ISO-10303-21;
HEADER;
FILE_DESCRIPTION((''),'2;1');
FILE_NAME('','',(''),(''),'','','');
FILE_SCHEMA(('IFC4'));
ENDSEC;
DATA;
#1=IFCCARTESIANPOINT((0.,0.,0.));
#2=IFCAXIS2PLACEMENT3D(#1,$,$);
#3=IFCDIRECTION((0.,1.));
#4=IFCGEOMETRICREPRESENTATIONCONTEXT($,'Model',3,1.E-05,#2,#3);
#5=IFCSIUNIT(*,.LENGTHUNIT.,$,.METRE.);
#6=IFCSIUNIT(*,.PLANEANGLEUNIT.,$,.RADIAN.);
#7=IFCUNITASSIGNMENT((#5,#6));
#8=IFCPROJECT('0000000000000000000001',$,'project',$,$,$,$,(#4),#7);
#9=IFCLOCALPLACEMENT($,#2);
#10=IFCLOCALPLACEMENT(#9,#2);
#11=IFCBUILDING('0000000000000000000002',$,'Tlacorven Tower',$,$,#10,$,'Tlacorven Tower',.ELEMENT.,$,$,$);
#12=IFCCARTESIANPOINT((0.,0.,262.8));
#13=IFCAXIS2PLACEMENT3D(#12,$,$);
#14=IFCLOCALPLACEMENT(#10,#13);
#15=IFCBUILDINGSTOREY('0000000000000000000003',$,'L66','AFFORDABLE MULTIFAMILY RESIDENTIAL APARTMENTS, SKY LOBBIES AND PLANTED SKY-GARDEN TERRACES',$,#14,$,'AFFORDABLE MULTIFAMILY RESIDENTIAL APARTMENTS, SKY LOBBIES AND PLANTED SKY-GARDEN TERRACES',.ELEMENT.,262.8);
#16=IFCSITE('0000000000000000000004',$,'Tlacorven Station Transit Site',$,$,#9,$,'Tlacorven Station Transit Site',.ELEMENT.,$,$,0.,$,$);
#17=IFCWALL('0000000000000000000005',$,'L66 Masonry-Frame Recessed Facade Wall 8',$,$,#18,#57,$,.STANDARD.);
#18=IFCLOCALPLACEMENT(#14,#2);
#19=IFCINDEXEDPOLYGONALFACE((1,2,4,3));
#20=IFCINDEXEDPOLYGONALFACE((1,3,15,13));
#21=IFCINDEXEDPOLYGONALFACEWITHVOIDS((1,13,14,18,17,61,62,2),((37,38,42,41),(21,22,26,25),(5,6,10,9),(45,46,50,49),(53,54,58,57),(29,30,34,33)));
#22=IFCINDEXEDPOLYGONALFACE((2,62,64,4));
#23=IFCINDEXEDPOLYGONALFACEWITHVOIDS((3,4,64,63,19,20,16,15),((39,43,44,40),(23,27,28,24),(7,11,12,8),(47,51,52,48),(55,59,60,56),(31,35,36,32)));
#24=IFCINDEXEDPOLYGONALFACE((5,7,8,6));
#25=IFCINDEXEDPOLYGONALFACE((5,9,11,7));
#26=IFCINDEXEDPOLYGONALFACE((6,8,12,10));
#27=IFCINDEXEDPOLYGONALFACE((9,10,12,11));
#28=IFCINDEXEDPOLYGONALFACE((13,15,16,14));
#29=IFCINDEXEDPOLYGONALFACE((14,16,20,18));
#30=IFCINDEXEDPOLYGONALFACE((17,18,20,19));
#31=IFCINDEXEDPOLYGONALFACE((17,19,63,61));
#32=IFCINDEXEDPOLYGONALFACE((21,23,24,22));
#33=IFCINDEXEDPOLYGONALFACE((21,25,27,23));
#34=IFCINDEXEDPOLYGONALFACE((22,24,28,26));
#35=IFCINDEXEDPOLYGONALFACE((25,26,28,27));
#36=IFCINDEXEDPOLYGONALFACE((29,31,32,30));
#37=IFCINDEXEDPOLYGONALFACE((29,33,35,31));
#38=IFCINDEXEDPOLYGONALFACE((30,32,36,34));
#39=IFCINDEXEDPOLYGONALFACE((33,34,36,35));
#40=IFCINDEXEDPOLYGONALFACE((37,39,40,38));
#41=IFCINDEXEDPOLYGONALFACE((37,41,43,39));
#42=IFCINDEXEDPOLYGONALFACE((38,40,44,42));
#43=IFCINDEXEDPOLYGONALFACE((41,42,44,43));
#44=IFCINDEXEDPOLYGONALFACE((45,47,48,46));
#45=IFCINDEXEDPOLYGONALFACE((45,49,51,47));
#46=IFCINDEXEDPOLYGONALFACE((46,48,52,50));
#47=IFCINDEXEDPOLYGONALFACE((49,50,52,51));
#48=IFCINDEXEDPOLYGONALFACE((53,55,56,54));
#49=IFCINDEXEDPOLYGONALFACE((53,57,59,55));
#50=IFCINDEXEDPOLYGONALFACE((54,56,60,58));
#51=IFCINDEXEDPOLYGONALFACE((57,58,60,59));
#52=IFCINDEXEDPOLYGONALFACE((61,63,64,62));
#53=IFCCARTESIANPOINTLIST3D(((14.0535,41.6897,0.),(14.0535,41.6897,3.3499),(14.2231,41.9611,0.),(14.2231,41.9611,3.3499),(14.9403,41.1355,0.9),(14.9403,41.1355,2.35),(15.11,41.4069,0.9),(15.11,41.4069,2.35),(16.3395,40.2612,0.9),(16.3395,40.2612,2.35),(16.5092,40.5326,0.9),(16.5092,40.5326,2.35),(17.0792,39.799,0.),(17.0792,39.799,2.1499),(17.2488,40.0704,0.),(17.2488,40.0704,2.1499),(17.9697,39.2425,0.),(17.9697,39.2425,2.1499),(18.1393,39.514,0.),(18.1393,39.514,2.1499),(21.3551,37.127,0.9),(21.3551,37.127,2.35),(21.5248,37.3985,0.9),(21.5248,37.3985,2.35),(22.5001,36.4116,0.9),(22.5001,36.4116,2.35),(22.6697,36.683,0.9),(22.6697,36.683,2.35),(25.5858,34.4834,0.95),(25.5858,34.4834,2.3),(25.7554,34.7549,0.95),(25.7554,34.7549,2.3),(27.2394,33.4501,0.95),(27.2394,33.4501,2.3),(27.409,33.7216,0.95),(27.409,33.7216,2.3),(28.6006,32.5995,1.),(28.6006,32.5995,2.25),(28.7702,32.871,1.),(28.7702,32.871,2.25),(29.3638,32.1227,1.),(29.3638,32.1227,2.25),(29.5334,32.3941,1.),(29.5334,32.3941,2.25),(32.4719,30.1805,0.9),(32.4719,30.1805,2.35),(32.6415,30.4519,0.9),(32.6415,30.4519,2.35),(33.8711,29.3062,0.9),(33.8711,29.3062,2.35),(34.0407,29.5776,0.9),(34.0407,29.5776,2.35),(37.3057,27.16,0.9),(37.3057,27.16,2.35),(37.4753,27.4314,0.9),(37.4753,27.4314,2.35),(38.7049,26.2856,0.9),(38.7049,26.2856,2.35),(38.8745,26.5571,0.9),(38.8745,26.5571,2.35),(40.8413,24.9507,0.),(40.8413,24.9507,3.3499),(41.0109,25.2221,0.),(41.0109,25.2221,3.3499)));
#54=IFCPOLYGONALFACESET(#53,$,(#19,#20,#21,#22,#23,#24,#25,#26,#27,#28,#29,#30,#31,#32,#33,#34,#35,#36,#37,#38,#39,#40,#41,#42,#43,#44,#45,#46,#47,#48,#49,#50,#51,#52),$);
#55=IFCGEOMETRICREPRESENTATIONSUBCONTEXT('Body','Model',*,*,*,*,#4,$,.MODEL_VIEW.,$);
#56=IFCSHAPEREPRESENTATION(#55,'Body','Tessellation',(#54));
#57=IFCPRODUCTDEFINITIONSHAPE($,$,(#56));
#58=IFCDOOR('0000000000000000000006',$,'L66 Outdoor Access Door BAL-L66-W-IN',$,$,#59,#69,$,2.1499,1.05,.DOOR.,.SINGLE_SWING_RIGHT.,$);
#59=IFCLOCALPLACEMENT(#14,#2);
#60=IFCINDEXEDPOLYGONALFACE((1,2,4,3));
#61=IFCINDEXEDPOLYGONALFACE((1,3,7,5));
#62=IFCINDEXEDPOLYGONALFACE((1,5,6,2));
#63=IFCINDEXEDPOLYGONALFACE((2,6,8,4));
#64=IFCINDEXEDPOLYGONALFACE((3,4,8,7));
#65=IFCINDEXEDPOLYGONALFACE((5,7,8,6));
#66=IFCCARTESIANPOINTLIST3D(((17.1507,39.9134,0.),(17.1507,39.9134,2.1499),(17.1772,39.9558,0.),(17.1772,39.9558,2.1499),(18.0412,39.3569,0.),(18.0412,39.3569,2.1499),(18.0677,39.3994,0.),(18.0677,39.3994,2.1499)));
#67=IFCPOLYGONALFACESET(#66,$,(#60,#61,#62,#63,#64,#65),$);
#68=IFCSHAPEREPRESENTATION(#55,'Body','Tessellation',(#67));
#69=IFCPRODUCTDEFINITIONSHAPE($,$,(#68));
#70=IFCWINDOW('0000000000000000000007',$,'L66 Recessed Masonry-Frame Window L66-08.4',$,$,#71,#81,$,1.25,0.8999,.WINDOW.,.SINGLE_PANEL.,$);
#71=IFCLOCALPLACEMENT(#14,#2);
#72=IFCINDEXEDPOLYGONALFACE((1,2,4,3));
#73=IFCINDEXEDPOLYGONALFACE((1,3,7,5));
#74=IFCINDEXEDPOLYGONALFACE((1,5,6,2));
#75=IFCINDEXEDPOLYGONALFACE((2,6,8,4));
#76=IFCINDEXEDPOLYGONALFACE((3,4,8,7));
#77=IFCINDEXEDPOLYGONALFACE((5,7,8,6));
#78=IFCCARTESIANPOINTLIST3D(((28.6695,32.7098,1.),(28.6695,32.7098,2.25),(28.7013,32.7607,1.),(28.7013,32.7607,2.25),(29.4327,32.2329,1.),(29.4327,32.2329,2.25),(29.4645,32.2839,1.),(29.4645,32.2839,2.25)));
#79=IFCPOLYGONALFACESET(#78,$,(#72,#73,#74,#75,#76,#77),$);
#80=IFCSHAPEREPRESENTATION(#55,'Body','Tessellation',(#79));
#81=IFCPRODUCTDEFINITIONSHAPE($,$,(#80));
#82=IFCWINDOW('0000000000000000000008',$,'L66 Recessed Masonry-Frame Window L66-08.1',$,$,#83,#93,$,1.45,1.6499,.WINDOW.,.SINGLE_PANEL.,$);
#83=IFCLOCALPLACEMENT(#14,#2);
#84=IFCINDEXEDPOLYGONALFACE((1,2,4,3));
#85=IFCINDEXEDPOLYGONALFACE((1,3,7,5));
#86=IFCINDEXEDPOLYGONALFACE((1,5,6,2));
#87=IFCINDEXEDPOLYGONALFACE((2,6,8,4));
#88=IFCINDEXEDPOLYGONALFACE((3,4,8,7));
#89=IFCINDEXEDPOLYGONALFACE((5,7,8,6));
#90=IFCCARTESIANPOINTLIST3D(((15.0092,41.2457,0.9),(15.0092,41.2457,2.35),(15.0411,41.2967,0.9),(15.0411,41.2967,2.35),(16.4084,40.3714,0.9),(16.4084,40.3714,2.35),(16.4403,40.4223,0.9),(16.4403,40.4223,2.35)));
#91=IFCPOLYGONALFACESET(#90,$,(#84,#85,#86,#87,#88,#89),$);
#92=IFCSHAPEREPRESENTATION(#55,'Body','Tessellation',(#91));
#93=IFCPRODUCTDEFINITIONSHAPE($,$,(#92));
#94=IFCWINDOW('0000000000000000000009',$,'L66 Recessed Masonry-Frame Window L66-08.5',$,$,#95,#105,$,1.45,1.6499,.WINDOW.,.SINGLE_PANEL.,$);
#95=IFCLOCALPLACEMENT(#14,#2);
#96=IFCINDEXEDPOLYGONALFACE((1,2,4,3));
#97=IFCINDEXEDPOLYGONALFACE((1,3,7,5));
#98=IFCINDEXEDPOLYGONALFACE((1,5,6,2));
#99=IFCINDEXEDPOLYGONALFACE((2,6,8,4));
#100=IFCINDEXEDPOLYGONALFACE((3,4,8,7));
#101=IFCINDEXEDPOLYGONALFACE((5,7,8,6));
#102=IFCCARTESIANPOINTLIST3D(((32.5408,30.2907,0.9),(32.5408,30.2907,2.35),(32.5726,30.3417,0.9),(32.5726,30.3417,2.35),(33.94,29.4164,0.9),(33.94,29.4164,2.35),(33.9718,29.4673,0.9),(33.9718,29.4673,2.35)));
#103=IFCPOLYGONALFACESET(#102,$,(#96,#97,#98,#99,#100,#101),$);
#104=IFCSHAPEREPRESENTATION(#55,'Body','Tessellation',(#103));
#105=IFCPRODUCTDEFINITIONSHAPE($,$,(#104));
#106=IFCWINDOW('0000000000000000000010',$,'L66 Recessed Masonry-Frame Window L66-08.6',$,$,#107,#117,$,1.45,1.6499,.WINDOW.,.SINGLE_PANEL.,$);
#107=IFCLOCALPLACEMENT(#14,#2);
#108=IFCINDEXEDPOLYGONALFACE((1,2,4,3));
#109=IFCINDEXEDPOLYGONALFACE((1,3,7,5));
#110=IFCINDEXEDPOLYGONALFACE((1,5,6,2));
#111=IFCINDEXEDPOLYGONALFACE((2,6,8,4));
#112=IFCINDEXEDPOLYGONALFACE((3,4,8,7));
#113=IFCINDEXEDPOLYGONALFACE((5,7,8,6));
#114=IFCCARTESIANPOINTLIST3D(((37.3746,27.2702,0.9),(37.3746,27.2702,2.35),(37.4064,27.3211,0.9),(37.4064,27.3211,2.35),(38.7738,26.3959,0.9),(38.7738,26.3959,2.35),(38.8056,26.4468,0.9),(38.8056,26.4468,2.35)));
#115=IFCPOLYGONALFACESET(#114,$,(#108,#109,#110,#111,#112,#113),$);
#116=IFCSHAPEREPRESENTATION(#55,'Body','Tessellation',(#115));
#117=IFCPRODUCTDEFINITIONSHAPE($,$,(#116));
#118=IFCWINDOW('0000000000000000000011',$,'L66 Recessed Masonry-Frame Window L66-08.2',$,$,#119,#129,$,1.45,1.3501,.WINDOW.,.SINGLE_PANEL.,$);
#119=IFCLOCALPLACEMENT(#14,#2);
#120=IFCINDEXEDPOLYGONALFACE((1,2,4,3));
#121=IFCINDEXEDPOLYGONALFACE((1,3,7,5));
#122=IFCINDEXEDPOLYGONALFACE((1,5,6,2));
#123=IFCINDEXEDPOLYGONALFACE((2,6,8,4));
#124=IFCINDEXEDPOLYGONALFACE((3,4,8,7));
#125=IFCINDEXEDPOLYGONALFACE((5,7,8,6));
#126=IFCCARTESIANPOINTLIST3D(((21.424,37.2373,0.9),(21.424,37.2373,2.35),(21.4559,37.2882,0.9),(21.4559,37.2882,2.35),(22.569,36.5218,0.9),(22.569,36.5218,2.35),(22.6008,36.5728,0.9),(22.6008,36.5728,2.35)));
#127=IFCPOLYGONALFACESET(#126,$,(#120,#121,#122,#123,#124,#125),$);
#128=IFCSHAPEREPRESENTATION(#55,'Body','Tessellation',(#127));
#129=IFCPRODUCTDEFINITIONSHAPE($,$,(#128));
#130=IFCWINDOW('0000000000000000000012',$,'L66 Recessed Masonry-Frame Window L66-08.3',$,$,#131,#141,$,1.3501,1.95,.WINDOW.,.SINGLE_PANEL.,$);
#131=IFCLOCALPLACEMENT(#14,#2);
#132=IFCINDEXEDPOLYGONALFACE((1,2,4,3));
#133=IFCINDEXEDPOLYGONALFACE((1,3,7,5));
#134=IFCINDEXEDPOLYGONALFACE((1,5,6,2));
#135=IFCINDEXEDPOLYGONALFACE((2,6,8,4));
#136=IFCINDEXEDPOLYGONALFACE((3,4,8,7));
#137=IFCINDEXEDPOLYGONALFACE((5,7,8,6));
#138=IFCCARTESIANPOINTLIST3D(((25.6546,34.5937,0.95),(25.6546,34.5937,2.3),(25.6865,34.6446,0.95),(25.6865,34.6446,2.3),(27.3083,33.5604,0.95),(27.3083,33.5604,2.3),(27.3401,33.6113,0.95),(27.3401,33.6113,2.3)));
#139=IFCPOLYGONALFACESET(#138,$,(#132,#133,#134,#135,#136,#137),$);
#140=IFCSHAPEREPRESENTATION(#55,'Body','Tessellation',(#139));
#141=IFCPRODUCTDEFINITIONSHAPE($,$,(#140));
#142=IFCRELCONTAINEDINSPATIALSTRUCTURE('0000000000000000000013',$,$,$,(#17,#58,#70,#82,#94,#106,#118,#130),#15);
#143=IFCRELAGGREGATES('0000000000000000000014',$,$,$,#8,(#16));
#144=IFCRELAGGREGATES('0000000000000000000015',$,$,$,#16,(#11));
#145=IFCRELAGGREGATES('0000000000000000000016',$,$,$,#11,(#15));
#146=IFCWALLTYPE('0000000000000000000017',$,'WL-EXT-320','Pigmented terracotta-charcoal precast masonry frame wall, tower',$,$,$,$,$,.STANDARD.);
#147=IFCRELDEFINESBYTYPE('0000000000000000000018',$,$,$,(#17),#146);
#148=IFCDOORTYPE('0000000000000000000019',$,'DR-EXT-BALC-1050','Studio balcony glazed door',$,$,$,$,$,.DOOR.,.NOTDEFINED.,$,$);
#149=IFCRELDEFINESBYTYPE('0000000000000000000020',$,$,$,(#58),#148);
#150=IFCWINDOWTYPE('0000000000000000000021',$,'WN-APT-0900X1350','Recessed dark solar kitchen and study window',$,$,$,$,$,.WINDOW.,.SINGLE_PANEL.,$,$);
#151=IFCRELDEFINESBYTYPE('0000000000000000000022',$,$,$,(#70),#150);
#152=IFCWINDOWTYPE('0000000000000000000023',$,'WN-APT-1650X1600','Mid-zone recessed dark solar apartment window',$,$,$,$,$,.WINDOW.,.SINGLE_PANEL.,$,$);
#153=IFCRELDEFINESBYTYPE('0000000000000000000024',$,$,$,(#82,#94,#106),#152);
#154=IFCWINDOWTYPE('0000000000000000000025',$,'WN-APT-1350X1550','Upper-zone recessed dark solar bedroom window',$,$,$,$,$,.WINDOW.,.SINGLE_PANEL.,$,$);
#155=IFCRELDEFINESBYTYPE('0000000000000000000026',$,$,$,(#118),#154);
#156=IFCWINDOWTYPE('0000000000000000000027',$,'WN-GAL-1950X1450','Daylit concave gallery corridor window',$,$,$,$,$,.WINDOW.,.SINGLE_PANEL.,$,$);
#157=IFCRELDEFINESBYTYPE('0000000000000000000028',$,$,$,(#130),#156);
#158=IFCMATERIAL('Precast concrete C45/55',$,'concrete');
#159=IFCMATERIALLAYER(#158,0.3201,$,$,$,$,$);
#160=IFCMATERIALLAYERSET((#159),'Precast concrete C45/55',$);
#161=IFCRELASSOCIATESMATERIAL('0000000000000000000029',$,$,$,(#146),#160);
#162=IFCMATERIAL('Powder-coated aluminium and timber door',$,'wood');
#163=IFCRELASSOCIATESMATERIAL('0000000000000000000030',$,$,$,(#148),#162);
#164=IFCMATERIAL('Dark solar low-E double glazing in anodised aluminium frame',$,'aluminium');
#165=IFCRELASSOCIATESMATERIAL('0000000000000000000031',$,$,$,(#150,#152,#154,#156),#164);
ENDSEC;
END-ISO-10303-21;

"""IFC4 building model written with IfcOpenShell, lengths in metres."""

from ifc_helpers import new_model, si_unit, direction, frame, frame_2d, origin, place, context, subcontext, project, spatial, rectangle, extrude, source, transform, mapped, material, layer, layer_set, type_object, element, fill, save


model = new_model("IFC4")

# Units and contexts
model_context = context("Model", 3, precision=1e-05, world=origin(), true_north=direction((0.0, 1.0)))
body_context = subcontext(model_context, "Body", "Model", "MODEL_VIEW")
ifc_project = project(units=[si_unit("LENGTHUNIT", "METRE"), si_unit("PLANEANGLEUNIT", "RADIAN")], contexts=[model_context])

# Site, building, storey
site_placement = place(None, origin())
site = spatial("IfcSite", under=ifc_project, at=site_placement, Name="Tlacorven Station Transit Site", LongName="Tlacorven Station Transit Site", CompositionType="ELEMENT", RefElevation=0.0)
building_placement = place(site_placement, origin())
building = spatial("IfcBuilding", under=site, at=building_placement, Name="Tlacorven Tower", LongName="Tlacorven Tower", CompositionType="ELEMENT")
storey_placement = place(building_placement, frame((0.0, 0.0, 262.8)))
storey = spatial("IfcBuildingStorey", under=building, at=storey_placement, Name="L66", Description="AFFORDABLE MULTIFAMILY RESIDENTIAL APARTMENTS, SKY LOBBIES AND PLANTED SKY-GARDEN TERRACES", LongName="AFFORDABLE MULTIFAMILY RESIDENTIAL APARTMENTS, SKY LOBBIES AND PLANTED SKY-GARDEN TERRACES", CompositionType="ELEMENT", Elevation=262.8)

# Wall, openings, door, windows
ifc_material_1 = material(Name="Precast concrete C45/55", Category="concrete")
ifc_layer_1 = layer(ifc_material_1, 0.3201)
ifc_layer_set_1 = layer_set([ifc_layer_1], Name="Precast concrete C45/55")
wall_type_1 = type_object("IfcWallType", Name="WL-EXT-320", Description="Pigmented terracotta-charcoal precast masonry frame wall, tower", PredefinedType="STANDARD", material=ifc_layer_set_1)
wall_1_placement = place(storey_placement, frame((14.1382, 41.8254, 0.0), z_axis=(0.0, 0.0, 1.0), x_axis=(0.848046, -0.529922, 0.0)))
wall_1 = element("IfcWall", 1, at=wall_1_placement, inside=storey, type_object=wall_type_1, Name="L66 Masonry-Frame Recessed Facade Wall 8", PredefinedType="STANDARD", context=body_context, shape_type="SweptSolid", body=[
    extrude(rectangle(XDim=31.5876, YDim=0.3201, at=frame_2d((15.7939, 0.0))), origin(), (0.0, 0.0, 1.0), 3.3499),
])
opening_1_placement = place(wall_1_placement, frame((3.5681, 0.0, 0.0)))
opening_1 = element("IfcOpeningElement", 2, at=opening_1_placement, cuts=wall_1, PredefinedType="OPENING", context=body_context, shape_type="SweptSolid", body=[
    extrude(rectangle(XDim=1.05, YDim=2.1499, at=frame_2d((0.5249, 1.075))), frame((0.0, 0.1699, 0.0), z_axis=(0.0, -1.0, 0.0), x_axis=(1.0, 0.0, 0.0)), (0.0, 0.0, 1.0), 0.3401),
])
opening_2_placement = place(wall_1_placement, frame((1.0459, 0.0, 0.8999)))
opening_2 = element("IfcOpeningElement", 3, at=opening_2_placement, cuts=wall_1, PredefinedType="OPENING", context=body_context, shape_type="SweptSolid", body=[
    extrude(rectangle(XDim=1.6499, YDim=1.45, at=frame_2d((0.825, 0.7251))), frame((0.0, 0.1699, 0.0), z_axis=(0.0, -1.0, 0.0), x_axis=(1.0, 0.0, 0.0)), (0.0, 0.0, 1.0), 0.3401),
])
opening_3_placement = place(wall_1_placement, frame((8.6101, 0.0, 0.8999)))
opening_3 = element("IfcOpeningElement", 4, at=opening_3_placement, cuts=wall_1, PredefinedType="OPENING", context=body_context, shape_type="SweptSolid", body=[
    extrude(rectangle(XDim=1.3501, YDim=1.45, at=frame_2d((0.675, 0.7251))), frame((0.0, 0.1699, 0.0), z_axis=(0.0, -1.0, 0.0), x_axis=(1.0, 0.0, 0.0)), (0.0, 0.0, 1.0), 0.3401),
])
opening_4_placement = place(wall_1_placement, frame((13.5986, 0.0, 0.95)))
opening_4 = element("IfcOpeningElement", 5, at=opening_4_placement, cuts=wall_1, PredefinedType="OPENING", context=body_context, shape_type="SweptSolid", body=[
    extrude(rectangle(XDim=1.95, YDim=1.3501, at=frame_2d((0.9751, 0.675))), frame((0.0, 0.1699, 0.0), z_axis=(0.0, -1.0, 0.0), x_axis=(1.0, 0.0, 0.0)), (0.0, 0.0, 1.0), 0.3401),
])
opening_5_placement = place(wall_1_placement, frame((17.1538, 0.0, 1.0)))
opening_5 = element("IfcOpeningElement", 6, at=opening_5_placement, cuts=wall_1, PredefinedType="OPENING", context=body_context, shape_type="SweptSolid", body=[
    extrude(rectangle(XDim=0.8999, YDim=1.25, at=frame_2d((0.45, 0.625))), frame((0.0, 0.1699, 0.0), z_axis=(0.0, -1.0, 0.0), x_axis=(1.0, 0.0, 0.0)), (0.0, 0.0, 1.0), 0.3401),
])
opening_6_placement = place(wall_1_placement, frame((21.7188, 0.0, 0.8999)))
opening_6 = element("IfcOpeningElement", 7, at=opening_6_placement, cuts=wall_1, PredefinedType="OPENING", context=body_context, shape_type="SweptSolid", body=[
    extrude(rectangle(XDim=1.6499, YDim=1.45, at=frame_2d((0.825, 0.7251))), frame((0.0, 0.1699, 0.0), z_axis=(0.0, -1.0, 0.0), x_axis=(1.0, 0.0, 0.0)), (0.0, 0.0, 1.0), 0.3401),
])
opening_7_placement = place(wall_1_placement, frame((27.4187, 0.0, 0.8999)))
opening_7 = element("IfcOpeningElement", 8, at=opening_7_placement, cuts=wall_1, PredefinedType="OPENING", context=body_context, shape_type="SweptSolid", body=[
    extrude(rectangle(XDim=1.6499, YDim=1.45, at=frame_2d((0.825, 0.7251))), frame((0.0, 0.1699, 0.0), z_axis=(0.0, -1.0, 0.0), x_axis=(1.0, 0.0, 0.0)), (0.0, 0.0, 1.0), 0.3401),
])
ifc_material_2 = material(Name="Powder-coated aluminium and timber door", Category="wood")
door_type_1 = type_object("IfcDoorType", Name="DR-EXT-BALC-1050", Description="Studio balcony glazed door", OperationType="NOTDEFINED", PredefinedType="DOOR", material=ifc_material_2)
shared_shape_1 = source(origin(), body_context, "Body", "SweptSolid", [
    extrude(rectangle(XDim=1.05, YDim=2.1499, at=frame_2d((0.5249, 1.075))), frame((0.0, 0.0249, 0.0), z_axis=(0.0, -1.0, 0.0), x_axis=(1.0, 0.0, 0.0)), (0.0, 0.0, 1.0), 0.05),
])
door_1_placement = place(opening_1_placement, origin())
door_1 = element("IfcDoor", 9, at=door_1_placement, inside=storey, type_object=door_type_1, Name="L66 Outdoor Access Door BAL-L66-W-IN", OperationType="SINGLE_SWING_RIGHT", OverallHeight=2.1499, OverallWidth=1.05, PredefinedType="DOOR", context=body_context, shape_type="MappedRepresentation", body=[
    mapped(shared_shape_1, transform((0.0, 0.0, 0.0), scale=1.0)),
])
fill(opening_1, door_1)
ifc_material_3 = material(Name="Dark solar low-E double glazing in anodised aluminium frame", Category="aluminium")
window_type_1 = type_object("IfcWindowType", Name="WN-APT-0900X1350", Description="Recessed dark solar kitchen and study window", PartitioningType="SINGLE_PANEL", PredefinedType="WINDOW", material=ifc_material_3)
shared_shape_2 = source(origin(), body_context, "Body", "SweptSolid", [
    extrude(rectangle(XDim=0.8999, YDim=1.25, at=frame_2d((0.45, 0.625))), frame((0.0, 0.03, 0.0), z_axis=(0.0, -1.0, 0.0), x_axis=(1.0, 0.0, 0.0)), (0.0, 0.0, 1.0), 0.0601),
])
window_1_placement = place(opening_5_placement, origin())
window_1 = element("IfcWindow", 10, at=window_1_placement, inside=storey, type_object=window_type_1, Name="L66 Recessed Masonry-Frame Window L66-08.4", OverallHeight=1.25, OverallWidth=0.8999, PartitioningType="SINGLE_PANEL", PredefinedType="WINDOW", context=body_context, shape_type="MappedRepresentation", body=[
    mapped(shared_shape_2, transform((0.0, 0.0, 0.0), scale=1.0)),
])
fill(opening_5, window_1)
window_type_2 = type_object("IfcWindowType", Name="WN-APT-1650X1600", Description="Mid-zone recessed dark solar apartment window", PartitioningType="SINGLE_PANEL", PredefinedType="WINDOW", material=ifc_material_3)
shared_shape_3 = source(origin(), body_context, "Body", "SweptSolid", [
    extrude(rectangle(XDim=1.6499, YDim=1.45, at=frame_2d((0.825, 0.7251))), frame((0.0, 0.03, 0.0), z_axis=(0.0, -1.0, 0.0), x_axis=(1.0, 0.0, 0.0)), (0.0, 0.0, 1.0), 0.0601),
])
window_2_placement = place(opening_2_placement, origin())
window_2 = element("IfcWindow", 11, at=window_2_placement, inside=storey, type_object=window_type_2, Name="L66 Recessed Masonry-Frame Window L66-08.1", OverallHeight=1.45, OverallWidth=1.6499, PartitioningType="SINGLE_PANEL", PredefinedType="WINDOW", context=body_context, shape_type="MappedRepresentation", body=[
    mapped(shared_shape_3, transform((0.0, 0.0, 0.0), scale=1.0)),
])
fill(opening_2, window_2)
window_3_placement = place(opening_6_placement, origin())
window_3 = element("IfcWindow", 12, at=window_3_placement, inside=storey, type_object=window_type_2, Name="L66 Recessed Masonry-Frame Window L66-08.5", OverallHeight=1.45, OverallWidth=1.6499, PartitioningType="SINGLE_PANEL", PredefinedType="WINDOW", context=body_context, shape_type="MappedRepresentation", body=[
    mapped(shared_shape_3, transform((0.0, 0.0, 0.0), scale=1.0)),
])
fill(opening_6, window_3)
window_4_placement = place(opening_7_placement, origin())
window_4 = element("IfcWindow", 13, at=window_4_placement, inside=storey, type_object=window_type_2, Name="L66 Recessed Masonry-Frame Window L66-08.6", OverallHeight=1.45, OverallWidth=1.6499, PartitioningType="SINGLE_PANEL", PredefinedType="WINDOW", context=body_context, shape_type="MappedRepresentation", body=[
    mapped(shared_shape_3, transform((0.0, 0.0, 0.0), scale=1.0)),
])
fill(opening_7, window_4)
window_type_3 = type_object("IfcWindowType", Name="WN-APT-1350X1550", Description="Upper-zone recessed dark solar bedroom window", PartitioningType="SINGLE_PANEL", PredefinedType="WINDOW", material=ifc_material_3)
shared_shape_4 = source(origin(), body_context, "Body", "SweptSolid", [
    extrude(rectangle(XDim=1.3501, YDim=1.45, at=frame_2d((0.675, 0.7251))), frame((0.0, 0.03, 0.0), z_axis=(0.0, -1.0, 0.0), x_axis=(1.0, 0.0, 0.0)), (0.0, 0.0, 1.0), 0.0601),
])
window_5_placement = place(opening_3_placement, origin())
window_5 = element("IfcWindow", 14, at=window_5_placement, inside=storey, type_object=window_type_3, Name="L66 Recessed Masonry-Frame Window L66-08.2", OverallHeight=1.45, OverallWidth=1.3501, PartitioningType="SINGLE_PANEL", PredefinedType="WINDOW", context=body_context, shape_type="MappedRepresentation", body=[
    mapped(shared_shape_4, transform((0.0, 0.0, 0.0), scale=1.0)),
])
fill(opening_3, window_5)
window_type_4 = type_object("IfcWindowType", Name="WN-GAL-1950X1450", Description="Daylit concave gallery corridor window", PartitioningType="SINGLE_PANEL", PredefinedType="WINDOW", material=ifc_material_3)
shared_shape_5 = source(origin(), body_context, "Body", "SweptSolid", [
    extrude(rectangle(XDim=1.95, YDim=1.3501, at=frame_2d((0.9751, 0.675))), frame((0.0, 0.03, 0.0), z_axis=(0.0, -1.0, 0.0), x_axis=(1.0, 0.0, 0.0)), (0.0, 0.0, 1.0), 0.0601),
])
window_6_placement = place(opening_4_placement, origin())
window_6 = element("IfcWindow", 15, at=window_6_placement, inside=storey, type_object=window_type_4, Name="L66 Recessed Masonry-Frame Window L66-08.3", OverallHeight=1.3501, OverallWidth=1.95, PartitioningType="SINGLE_PANEL", PredefinedType="WINDOW", context=body_context, shape_type="MappedRepresentation", body=[
    mapped(shared_shape_5, transform((0.0, 0.0, 0.0), scale=1.0)),
])
fill(opening_4, window_6)

save(model, "model.ifc")
